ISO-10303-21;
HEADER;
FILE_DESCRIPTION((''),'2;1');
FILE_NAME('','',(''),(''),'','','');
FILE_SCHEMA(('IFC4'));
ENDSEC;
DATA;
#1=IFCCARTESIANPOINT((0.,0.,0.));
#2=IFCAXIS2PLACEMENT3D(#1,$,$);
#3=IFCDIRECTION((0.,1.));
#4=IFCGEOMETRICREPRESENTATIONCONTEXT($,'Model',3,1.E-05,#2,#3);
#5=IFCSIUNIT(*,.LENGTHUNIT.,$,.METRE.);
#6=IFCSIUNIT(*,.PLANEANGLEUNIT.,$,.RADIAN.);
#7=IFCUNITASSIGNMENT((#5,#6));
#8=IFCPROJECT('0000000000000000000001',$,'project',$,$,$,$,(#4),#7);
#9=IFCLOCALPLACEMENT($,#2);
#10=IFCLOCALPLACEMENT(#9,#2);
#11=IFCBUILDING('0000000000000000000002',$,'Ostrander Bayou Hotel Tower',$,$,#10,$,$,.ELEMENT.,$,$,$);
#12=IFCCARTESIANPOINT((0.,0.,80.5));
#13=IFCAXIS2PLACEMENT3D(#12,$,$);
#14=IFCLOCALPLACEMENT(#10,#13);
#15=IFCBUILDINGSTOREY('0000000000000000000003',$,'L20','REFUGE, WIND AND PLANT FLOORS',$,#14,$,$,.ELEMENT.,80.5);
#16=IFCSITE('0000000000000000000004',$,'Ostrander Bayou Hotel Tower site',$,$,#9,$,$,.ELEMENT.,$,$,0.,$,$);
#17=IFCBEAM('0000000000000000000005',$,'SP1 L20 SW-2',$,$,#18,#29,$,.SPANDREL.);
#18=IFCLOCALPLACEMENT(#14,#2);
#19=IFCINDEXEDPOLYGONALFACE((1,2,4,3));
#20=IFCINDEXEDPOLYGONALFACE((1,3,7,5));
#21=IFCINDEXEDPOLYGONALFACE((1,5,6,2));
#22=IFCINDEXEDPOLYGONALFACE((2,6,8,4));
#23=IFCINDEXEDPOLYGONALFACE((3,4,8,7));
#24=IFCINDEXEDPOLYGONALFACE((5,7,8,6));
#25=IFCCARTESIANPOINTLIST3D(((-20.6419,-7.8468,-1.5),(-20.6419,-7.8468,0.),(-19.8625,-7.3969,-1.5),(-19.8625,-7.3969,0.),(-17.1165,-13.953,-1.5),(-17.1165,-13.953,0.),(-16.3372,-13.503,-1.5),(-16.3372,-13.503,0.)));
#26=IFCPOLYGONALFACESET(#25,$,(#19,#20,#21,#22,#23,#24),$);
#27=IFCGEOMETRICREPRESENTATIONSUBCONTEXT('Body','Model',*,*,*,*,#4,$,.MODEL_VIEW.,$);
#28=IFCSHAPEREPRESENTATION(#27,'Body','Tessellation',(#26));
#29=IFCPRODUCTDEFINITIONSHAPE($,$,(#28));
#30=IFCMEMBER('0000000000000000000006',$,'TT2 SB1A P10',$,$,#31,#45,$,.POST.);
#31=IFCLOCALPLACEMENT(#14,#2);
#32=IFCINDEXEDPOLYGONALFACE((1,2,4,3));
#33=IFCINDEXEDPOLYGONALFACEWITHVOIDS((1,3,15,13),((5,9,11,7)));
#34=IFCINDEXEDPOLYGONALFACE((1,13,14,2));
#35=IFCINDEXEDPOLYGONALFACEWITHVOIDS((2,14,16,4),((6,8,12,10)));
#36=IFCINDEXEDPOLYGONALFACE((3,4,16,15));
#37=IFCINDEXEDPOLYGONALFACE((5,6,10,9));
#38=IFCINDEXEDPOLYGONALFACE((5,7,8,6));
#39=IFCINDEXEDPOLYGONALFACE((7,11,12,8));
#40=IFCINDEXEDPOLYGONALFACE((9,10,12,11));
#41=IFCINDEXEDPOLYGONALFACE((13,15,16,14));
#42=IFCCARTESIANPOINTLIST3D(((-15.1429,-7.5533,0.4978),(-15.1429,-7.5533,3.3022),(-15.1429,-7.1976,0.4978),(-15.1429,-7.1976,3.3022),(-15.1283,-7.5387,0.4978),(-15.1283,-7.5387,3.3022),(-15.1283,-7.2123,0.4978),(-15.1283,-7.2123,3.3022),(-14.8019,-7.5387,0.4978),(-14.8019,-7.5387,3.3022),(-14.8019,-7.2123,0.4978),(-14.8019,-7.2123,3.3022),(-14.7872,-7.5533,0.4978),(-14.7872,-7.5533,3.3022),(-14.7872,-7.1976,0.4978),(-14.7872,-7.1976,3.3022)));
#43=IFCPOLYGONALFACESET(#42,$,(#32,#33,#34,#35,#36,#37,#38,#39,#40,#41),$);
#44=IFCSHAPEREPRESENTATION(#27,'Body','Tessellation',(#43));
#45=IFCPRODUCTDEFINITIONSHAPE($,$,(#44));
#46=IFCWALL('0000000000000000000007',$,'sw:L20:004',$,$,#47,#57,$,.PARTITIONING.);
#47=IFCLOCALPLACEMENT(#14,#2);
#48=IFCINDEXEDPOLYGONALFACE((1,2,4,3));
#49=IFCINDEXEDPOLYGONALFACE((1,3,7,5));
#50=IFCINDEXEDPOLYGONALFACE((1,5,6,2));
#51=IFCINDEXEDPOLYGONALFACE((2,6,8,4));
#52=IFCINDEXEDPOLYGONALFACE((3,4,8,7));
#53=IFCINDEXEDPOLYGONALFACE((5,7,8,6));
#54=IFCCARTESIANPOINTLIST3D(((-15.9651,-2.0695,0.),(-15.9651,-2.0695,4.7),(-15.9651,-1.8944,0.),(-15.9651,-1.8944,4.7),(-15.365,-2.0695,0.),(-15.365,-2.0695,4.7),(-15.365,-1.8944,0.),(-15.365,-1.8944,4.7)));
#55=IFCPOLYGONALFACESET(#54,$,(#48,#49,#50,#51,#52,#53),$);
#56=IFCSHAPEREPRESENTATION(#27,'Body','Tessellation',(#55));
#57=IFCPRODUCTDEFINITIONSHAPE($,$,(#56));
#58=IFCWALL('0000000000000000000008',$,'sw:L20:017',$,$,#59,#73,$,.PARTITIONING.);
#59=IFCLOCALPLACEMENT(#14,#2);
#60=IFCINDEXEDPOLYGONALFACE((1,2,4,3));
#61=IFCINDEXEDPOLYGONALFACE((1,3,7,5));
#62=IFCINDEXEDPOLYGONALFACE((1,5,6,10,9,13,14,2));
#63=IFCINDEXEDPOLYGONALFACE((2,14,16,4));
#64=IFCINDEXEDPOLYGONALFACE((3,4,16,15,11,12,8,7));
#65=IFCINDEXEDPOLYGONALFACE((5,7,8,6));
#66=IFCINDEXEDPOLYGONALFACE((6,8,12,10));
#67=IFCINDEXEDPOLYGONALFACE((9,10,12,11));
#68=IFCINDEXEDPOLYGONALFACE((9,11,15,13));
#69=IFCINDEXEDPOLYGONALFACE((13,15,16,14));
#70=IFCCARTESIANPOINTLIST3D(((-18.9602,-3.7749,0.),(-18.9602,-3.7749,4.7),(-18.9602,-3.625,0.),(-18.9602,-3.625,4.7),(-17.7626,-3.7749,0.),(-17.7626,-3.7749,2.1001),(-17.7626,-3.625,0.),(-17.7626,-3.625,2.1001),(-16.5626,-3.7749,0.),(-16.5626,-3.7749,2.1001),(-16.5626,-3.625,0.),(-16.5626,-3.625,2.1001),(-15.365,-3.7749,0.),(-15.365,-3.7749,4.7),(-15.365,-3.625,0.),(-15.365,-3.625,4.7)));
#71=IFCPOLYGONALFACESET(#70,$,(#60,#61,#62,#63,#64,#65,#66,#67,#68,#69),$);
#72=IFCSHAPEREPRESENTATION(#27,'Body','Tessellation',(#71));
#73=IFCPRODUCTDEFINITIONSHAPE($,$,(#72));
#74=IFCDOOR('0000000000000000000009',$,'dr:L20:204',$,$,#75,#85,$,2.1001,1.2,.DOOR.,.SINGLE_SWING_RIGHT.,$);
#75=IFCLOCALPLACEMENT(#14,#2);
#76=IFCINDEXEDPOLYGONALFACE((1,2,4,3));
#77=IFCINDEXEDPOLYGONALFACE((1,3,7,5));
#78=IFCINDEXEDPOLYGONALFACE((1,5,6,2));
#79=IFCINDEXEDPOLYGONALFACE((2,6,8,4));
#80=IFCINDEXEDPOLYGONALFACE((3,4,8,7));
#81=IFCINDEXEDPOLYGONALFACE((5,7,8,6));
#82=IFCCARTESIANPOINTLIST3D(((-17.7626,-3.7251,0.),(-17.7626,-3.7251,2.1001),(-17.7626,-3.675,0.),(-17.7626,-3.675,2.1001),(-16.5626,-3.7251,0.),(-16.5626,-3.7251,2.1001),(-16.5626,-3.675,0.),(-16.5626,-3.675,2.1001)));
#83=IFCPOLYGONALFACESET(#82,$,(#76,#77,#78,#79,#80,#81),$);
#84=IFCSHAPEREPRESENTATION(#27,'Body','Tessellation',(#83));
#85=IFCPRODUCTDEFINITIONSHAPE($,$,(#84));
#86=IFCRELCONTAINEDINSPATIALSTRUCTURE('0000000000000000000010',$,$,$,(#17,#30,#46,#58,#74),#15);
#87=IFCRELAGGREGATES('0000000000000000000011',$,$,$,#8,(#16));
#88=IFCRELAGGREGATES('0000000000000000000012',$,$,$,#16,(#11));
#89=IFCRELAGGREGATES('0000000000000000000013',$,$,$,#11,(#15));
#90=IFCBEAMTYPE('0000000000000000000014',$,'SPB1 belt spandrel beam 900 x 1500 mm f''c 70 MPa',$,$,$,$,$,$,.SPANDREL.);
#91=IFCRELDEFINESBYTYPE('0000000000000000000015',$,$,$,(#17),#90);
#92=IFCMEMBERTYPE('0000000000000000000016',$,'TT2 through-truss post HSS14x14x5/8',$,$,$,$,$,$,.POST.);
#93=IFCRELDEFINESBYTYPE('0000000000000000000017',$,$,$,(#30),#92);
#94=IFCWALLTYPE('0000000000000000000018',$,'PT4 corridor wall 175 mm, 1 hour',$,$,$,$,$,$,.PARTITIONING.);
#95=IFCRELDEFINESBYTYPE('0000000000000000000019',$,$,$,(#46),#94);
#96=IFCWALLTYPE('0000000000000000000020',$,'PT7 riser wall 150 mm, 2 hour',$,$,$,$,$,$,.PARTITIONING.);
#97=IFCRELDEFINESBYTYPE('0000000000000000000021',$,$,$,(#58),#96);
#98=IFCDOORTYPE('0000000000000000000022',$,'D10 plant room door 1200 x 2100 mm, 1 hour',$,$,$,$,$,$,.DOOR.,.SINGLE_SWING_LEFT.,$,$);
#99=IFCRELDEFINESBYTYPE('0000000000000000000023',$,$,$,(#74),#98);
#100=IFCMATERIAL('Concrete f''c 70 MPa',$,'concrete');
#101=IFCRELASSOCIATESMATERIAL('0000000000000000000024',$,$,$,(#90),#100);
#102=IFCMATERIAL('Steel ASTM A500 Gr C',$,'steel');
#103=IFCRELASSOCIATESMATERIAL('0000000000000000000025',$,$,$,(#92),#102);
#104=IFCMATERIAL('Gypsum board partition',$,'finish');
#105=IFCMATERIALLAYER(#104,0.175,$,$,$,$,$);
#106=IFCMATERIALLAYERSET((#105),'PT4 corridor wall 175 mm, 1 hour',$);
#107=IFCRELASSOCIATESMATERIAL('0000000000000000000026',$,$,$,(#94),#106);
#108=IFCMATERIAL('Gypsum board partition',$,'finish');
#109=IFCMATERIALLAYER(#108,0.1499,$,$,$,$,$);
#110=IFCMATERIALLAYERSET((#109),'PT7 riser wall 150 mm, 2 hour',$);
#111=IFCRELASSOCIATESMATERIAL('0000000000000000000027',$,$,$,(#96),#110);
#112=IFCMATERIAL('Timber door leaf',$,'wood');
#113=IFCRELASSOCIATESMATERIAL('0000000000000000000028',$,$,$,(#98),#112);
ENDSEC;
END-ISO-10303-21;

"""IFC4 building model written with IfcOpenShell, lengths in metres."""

from ifc_helpers import new_model, si_unit, direction, frame, frame_2d, origin, origin_2d, place, context, subcontext, project, spatial, rectangle, hollow_rectangle, extrude, material, layer, layer_set, material_profile, profile_set, type_object, element, fill, save


model = new_model("IFC4")

# Units and contexts
model_context = context("Model", 3, precision=1e-05, world=origin(), true_north=direction((0.0, 1.0)))
body_context = subcontext(model_context, "Body", "Model", "MODEL_VIEW")
ifc_project = project(units=[si_unit("LENGTHUNIT", "METRE"), si_unit("PLANEANGLEUNIT", "RADIAN")], contexts=[model_context])

# Site, building, storey
site_placement = place(None, origin())
site = spatial("IfcSite", under=ifc_project, at=site_placement, Name="Ostrander Bayou Hotel Tower site", CompositionType="ELEMENT", RefElevation=0.0)
building_placement = place(site_placement, origin())
building = spatial("IfcBuilding", under=site, at=building_placement, Name="Ostrander Bayou Hotel Tower", CompositionType="ELEMENT")
storey_placement = place(building_placement, frame((0.0, 0.0, 80.5)))
storey = spatial("IfcBuildingStorey", under=building, at=storey_placement, Name="L20", Description="REFUGE, WIND AND PLANT FLOORS", CompositionType="ELEMENT", Elevation=80.5)

# Beam
ifc_material_1 = material(Name="Concrete f'c 70 MPa", Category="concrete")
ifc_material_profile_1 = material_profile(ifc_material_1, rectangle(XDim=0.8999, YDim=1.5, at=origin_2d()))
ifc_profile_set_1 = profile_set([ifc_material_profile_1], Name="Concrete f'c 70 MPa")
beam_type_1 = type_object("IfcBeamType", Name="SPB1 belt spandrel beam 900 x 1500 mm f'c 70 MPa", PredefinedType="SPANDREL", material=ifc_profile_set_1)
beam_1_placement = place(storey_placement, frame((-20.2522, -7.6218, -0.75), z_axis=(0.499997, -0.866027, 0.0), x_axis=(0.866027, 0.499997, 0.0)))
element("IfcBeam", 1, at=beam_1_placement, inside=storey, type_object=beam_type_1, Name="SP1 L20 SW-2", PredefinedType="SPANDREL", context=body_context, shape_type="SweptSolid", body=[
    extrude(rectangle(XDim=0.8999, YDim=1.5, at=origin_2d()), origin(), (0.0, 0.0, 1.0), 7.0508),
])

# Member
ifc_material_2 = material(Name="Steel ASTM A500 Gr C", Category="steel")
ifc_material_profile_2 = material_profile(ifc_material_2, hollow_rectangle(XDim=0.3557, YDim=0.3557, WallThickness=0.0146, at=origin_2d()))
ifc_profile_set_2 = profile_set([ifc_material_profile_2], Name="Steel ASTM A500 Gr C")
member_type_1 = type_object("IfcMemberType", Name="TT2 through-truss post HSS14x14x5/8", PredefinedType="POST", material=ifc_profile_set_2)
member_1_placement = place(storey_placement, frame((-14.9651, -7.3755, 0.4978), z_axis=(0.0, 0.0, 1.0), x_axis=(1.0, 0.0, 0.0)))
element("IfcMember", 2, at=member_1_placement, inside=storey, type_object=member_type_1, Name="TT2 SB1A P10", PredefinedType="POST", context=body_context, shape_type="SweptSolid", body=[
    extrude(hollow_rectangle(XDim=0.3557, YDim=0.3557, WallThickness=0.0146, at=origin_2d()), origin(), (0.0, 0.0, 1.0), 2.8044),
])

# Wall
ifc_material_3 = material(Name="Gypsum board partition", Category="finish")
ifc_layer_1 = layer(ifc_material_3, 0.175)
ifc_layer_set_1 = layer_set([ifc_layer_1], Name="PT4 corridor wall 175 mm, 1 hour")
wall_type_1 = type_object("IfcWallType", Name="PT4 corridor wall 175 mm, 1 hour", PredefinedType="PARTITIONING", material=ifc_layer_set_1)
wall_1_placement = place(storey_placement, frame((-15.9651, -1.9819, 0.0), z_axis=(0.0, 0.0, 1.0), x_axis=(1.0, 0.0, 0.0)))
element("IfcWall", 3, at=wall_1_placement, inside=storey, type_object=wall_type_1, Name="sw:L20:004", PredefinedType="PARTITIONING", context=body_context, shape_type="SweptSolid", body=[
    extrude(rectangle(XDim=0.6001, YDim=0.175, at=frame_2d((0.3, 0.0))), origin(), (0.0, 0.0, 1.0), 4.7),
])

# Wall, opening, door
ifc_material_4 = material(Name="Gypsum board partition", Category="finish")
ifc_layer_2 = layer(ifc_material_4, 0.1499)
ifc_layer_set_2 = layer_set([ifc_layer_2], Name="PT7 riser wall 150 mm, 2 hour")
wall_type_2 = type_object("IfcWallType", Name="PT7 riser wall 150 mm, 2 hour", PredefinedType="PARTITIONING", material=ifc_layer_set_2)
wall_2_placement = place(storey_placement, frame((-18.9602, -3.7, 0.0), z_axis=(0.0, 0.0, 1.0), x_axis=(1.0, 0.0, 0.0)))
wall_2 = element("IfcWall", 4, at=wall_2_placement, inside=storey, type_object=wall_type_2, Name="sw:L20:017", PredefinedType="PARTITIONING", context=body_context, shape_type="SweptSolid", body=[
    extrude(rectangle(XDim=3.5952, YDim=0.1499, at=frame_2d((1.7976, 0.0))), origin(), (0.0, 0.0, 1.0), 4.7),
])
opening_1_placement = place(wall_2_placement, frame((1.1975, 0.0, 0.0)))
opening_1 = element("IfcOpeningElement", 5, at=opening_1_placement, cuts=wall_2, PredefinedType="OPENING", context=body_context, shape_type="SweptSolid", body=[
    extrude(rectangle(XDim=1.2, YDim=2.1001, at=frame_2d((0.6001, 1.05))), frame((0.0, 0.075, 0.0), z_axis=(0.0, -1.0, 0.0), x_axis=(1.0, 0.0, 0.0)), (0.0, 0.0, 1.0), 0.1499),
])
ifc_material_5 = material(Name="Timber door leaf", Category="wood")
door_type_1 = type_object("IfcDoorType", Name="D10 plant room door 1200 x 2100 mm, 1 hour", OperationType="SINGLE_SWING_LEFT", PredefinedType="DOOR", material=ifc_material_5)
door_1_placement = place(opening_1_placement, origin())
door_1 = element("IfcDoor", 6, at=door_1_placement, inside=storey, type_object=door_type_1, Name="dr:L20:204", OperationType="SINGLE_SWING_RIGHT", OverallHeight=2.1001, OverallWidth=1.2, PredefinedType="DOOR", context=body_context, shape_type="SweptSolid", body=[
    extrude(rectangle(XDim=1.2, YDim=2.1001, at=frame_2d((0.6001, 1.05))), frame((0.0, 0.0249, 0.0), z_axis=(0.0, -1.0, 0.0), x_axis=(1.0, 0.0, 0.0)), (0.0, 0.0, 1.0), 0.05),
])
fill(opening_1, door_1)

save(model, "model.ifc")
